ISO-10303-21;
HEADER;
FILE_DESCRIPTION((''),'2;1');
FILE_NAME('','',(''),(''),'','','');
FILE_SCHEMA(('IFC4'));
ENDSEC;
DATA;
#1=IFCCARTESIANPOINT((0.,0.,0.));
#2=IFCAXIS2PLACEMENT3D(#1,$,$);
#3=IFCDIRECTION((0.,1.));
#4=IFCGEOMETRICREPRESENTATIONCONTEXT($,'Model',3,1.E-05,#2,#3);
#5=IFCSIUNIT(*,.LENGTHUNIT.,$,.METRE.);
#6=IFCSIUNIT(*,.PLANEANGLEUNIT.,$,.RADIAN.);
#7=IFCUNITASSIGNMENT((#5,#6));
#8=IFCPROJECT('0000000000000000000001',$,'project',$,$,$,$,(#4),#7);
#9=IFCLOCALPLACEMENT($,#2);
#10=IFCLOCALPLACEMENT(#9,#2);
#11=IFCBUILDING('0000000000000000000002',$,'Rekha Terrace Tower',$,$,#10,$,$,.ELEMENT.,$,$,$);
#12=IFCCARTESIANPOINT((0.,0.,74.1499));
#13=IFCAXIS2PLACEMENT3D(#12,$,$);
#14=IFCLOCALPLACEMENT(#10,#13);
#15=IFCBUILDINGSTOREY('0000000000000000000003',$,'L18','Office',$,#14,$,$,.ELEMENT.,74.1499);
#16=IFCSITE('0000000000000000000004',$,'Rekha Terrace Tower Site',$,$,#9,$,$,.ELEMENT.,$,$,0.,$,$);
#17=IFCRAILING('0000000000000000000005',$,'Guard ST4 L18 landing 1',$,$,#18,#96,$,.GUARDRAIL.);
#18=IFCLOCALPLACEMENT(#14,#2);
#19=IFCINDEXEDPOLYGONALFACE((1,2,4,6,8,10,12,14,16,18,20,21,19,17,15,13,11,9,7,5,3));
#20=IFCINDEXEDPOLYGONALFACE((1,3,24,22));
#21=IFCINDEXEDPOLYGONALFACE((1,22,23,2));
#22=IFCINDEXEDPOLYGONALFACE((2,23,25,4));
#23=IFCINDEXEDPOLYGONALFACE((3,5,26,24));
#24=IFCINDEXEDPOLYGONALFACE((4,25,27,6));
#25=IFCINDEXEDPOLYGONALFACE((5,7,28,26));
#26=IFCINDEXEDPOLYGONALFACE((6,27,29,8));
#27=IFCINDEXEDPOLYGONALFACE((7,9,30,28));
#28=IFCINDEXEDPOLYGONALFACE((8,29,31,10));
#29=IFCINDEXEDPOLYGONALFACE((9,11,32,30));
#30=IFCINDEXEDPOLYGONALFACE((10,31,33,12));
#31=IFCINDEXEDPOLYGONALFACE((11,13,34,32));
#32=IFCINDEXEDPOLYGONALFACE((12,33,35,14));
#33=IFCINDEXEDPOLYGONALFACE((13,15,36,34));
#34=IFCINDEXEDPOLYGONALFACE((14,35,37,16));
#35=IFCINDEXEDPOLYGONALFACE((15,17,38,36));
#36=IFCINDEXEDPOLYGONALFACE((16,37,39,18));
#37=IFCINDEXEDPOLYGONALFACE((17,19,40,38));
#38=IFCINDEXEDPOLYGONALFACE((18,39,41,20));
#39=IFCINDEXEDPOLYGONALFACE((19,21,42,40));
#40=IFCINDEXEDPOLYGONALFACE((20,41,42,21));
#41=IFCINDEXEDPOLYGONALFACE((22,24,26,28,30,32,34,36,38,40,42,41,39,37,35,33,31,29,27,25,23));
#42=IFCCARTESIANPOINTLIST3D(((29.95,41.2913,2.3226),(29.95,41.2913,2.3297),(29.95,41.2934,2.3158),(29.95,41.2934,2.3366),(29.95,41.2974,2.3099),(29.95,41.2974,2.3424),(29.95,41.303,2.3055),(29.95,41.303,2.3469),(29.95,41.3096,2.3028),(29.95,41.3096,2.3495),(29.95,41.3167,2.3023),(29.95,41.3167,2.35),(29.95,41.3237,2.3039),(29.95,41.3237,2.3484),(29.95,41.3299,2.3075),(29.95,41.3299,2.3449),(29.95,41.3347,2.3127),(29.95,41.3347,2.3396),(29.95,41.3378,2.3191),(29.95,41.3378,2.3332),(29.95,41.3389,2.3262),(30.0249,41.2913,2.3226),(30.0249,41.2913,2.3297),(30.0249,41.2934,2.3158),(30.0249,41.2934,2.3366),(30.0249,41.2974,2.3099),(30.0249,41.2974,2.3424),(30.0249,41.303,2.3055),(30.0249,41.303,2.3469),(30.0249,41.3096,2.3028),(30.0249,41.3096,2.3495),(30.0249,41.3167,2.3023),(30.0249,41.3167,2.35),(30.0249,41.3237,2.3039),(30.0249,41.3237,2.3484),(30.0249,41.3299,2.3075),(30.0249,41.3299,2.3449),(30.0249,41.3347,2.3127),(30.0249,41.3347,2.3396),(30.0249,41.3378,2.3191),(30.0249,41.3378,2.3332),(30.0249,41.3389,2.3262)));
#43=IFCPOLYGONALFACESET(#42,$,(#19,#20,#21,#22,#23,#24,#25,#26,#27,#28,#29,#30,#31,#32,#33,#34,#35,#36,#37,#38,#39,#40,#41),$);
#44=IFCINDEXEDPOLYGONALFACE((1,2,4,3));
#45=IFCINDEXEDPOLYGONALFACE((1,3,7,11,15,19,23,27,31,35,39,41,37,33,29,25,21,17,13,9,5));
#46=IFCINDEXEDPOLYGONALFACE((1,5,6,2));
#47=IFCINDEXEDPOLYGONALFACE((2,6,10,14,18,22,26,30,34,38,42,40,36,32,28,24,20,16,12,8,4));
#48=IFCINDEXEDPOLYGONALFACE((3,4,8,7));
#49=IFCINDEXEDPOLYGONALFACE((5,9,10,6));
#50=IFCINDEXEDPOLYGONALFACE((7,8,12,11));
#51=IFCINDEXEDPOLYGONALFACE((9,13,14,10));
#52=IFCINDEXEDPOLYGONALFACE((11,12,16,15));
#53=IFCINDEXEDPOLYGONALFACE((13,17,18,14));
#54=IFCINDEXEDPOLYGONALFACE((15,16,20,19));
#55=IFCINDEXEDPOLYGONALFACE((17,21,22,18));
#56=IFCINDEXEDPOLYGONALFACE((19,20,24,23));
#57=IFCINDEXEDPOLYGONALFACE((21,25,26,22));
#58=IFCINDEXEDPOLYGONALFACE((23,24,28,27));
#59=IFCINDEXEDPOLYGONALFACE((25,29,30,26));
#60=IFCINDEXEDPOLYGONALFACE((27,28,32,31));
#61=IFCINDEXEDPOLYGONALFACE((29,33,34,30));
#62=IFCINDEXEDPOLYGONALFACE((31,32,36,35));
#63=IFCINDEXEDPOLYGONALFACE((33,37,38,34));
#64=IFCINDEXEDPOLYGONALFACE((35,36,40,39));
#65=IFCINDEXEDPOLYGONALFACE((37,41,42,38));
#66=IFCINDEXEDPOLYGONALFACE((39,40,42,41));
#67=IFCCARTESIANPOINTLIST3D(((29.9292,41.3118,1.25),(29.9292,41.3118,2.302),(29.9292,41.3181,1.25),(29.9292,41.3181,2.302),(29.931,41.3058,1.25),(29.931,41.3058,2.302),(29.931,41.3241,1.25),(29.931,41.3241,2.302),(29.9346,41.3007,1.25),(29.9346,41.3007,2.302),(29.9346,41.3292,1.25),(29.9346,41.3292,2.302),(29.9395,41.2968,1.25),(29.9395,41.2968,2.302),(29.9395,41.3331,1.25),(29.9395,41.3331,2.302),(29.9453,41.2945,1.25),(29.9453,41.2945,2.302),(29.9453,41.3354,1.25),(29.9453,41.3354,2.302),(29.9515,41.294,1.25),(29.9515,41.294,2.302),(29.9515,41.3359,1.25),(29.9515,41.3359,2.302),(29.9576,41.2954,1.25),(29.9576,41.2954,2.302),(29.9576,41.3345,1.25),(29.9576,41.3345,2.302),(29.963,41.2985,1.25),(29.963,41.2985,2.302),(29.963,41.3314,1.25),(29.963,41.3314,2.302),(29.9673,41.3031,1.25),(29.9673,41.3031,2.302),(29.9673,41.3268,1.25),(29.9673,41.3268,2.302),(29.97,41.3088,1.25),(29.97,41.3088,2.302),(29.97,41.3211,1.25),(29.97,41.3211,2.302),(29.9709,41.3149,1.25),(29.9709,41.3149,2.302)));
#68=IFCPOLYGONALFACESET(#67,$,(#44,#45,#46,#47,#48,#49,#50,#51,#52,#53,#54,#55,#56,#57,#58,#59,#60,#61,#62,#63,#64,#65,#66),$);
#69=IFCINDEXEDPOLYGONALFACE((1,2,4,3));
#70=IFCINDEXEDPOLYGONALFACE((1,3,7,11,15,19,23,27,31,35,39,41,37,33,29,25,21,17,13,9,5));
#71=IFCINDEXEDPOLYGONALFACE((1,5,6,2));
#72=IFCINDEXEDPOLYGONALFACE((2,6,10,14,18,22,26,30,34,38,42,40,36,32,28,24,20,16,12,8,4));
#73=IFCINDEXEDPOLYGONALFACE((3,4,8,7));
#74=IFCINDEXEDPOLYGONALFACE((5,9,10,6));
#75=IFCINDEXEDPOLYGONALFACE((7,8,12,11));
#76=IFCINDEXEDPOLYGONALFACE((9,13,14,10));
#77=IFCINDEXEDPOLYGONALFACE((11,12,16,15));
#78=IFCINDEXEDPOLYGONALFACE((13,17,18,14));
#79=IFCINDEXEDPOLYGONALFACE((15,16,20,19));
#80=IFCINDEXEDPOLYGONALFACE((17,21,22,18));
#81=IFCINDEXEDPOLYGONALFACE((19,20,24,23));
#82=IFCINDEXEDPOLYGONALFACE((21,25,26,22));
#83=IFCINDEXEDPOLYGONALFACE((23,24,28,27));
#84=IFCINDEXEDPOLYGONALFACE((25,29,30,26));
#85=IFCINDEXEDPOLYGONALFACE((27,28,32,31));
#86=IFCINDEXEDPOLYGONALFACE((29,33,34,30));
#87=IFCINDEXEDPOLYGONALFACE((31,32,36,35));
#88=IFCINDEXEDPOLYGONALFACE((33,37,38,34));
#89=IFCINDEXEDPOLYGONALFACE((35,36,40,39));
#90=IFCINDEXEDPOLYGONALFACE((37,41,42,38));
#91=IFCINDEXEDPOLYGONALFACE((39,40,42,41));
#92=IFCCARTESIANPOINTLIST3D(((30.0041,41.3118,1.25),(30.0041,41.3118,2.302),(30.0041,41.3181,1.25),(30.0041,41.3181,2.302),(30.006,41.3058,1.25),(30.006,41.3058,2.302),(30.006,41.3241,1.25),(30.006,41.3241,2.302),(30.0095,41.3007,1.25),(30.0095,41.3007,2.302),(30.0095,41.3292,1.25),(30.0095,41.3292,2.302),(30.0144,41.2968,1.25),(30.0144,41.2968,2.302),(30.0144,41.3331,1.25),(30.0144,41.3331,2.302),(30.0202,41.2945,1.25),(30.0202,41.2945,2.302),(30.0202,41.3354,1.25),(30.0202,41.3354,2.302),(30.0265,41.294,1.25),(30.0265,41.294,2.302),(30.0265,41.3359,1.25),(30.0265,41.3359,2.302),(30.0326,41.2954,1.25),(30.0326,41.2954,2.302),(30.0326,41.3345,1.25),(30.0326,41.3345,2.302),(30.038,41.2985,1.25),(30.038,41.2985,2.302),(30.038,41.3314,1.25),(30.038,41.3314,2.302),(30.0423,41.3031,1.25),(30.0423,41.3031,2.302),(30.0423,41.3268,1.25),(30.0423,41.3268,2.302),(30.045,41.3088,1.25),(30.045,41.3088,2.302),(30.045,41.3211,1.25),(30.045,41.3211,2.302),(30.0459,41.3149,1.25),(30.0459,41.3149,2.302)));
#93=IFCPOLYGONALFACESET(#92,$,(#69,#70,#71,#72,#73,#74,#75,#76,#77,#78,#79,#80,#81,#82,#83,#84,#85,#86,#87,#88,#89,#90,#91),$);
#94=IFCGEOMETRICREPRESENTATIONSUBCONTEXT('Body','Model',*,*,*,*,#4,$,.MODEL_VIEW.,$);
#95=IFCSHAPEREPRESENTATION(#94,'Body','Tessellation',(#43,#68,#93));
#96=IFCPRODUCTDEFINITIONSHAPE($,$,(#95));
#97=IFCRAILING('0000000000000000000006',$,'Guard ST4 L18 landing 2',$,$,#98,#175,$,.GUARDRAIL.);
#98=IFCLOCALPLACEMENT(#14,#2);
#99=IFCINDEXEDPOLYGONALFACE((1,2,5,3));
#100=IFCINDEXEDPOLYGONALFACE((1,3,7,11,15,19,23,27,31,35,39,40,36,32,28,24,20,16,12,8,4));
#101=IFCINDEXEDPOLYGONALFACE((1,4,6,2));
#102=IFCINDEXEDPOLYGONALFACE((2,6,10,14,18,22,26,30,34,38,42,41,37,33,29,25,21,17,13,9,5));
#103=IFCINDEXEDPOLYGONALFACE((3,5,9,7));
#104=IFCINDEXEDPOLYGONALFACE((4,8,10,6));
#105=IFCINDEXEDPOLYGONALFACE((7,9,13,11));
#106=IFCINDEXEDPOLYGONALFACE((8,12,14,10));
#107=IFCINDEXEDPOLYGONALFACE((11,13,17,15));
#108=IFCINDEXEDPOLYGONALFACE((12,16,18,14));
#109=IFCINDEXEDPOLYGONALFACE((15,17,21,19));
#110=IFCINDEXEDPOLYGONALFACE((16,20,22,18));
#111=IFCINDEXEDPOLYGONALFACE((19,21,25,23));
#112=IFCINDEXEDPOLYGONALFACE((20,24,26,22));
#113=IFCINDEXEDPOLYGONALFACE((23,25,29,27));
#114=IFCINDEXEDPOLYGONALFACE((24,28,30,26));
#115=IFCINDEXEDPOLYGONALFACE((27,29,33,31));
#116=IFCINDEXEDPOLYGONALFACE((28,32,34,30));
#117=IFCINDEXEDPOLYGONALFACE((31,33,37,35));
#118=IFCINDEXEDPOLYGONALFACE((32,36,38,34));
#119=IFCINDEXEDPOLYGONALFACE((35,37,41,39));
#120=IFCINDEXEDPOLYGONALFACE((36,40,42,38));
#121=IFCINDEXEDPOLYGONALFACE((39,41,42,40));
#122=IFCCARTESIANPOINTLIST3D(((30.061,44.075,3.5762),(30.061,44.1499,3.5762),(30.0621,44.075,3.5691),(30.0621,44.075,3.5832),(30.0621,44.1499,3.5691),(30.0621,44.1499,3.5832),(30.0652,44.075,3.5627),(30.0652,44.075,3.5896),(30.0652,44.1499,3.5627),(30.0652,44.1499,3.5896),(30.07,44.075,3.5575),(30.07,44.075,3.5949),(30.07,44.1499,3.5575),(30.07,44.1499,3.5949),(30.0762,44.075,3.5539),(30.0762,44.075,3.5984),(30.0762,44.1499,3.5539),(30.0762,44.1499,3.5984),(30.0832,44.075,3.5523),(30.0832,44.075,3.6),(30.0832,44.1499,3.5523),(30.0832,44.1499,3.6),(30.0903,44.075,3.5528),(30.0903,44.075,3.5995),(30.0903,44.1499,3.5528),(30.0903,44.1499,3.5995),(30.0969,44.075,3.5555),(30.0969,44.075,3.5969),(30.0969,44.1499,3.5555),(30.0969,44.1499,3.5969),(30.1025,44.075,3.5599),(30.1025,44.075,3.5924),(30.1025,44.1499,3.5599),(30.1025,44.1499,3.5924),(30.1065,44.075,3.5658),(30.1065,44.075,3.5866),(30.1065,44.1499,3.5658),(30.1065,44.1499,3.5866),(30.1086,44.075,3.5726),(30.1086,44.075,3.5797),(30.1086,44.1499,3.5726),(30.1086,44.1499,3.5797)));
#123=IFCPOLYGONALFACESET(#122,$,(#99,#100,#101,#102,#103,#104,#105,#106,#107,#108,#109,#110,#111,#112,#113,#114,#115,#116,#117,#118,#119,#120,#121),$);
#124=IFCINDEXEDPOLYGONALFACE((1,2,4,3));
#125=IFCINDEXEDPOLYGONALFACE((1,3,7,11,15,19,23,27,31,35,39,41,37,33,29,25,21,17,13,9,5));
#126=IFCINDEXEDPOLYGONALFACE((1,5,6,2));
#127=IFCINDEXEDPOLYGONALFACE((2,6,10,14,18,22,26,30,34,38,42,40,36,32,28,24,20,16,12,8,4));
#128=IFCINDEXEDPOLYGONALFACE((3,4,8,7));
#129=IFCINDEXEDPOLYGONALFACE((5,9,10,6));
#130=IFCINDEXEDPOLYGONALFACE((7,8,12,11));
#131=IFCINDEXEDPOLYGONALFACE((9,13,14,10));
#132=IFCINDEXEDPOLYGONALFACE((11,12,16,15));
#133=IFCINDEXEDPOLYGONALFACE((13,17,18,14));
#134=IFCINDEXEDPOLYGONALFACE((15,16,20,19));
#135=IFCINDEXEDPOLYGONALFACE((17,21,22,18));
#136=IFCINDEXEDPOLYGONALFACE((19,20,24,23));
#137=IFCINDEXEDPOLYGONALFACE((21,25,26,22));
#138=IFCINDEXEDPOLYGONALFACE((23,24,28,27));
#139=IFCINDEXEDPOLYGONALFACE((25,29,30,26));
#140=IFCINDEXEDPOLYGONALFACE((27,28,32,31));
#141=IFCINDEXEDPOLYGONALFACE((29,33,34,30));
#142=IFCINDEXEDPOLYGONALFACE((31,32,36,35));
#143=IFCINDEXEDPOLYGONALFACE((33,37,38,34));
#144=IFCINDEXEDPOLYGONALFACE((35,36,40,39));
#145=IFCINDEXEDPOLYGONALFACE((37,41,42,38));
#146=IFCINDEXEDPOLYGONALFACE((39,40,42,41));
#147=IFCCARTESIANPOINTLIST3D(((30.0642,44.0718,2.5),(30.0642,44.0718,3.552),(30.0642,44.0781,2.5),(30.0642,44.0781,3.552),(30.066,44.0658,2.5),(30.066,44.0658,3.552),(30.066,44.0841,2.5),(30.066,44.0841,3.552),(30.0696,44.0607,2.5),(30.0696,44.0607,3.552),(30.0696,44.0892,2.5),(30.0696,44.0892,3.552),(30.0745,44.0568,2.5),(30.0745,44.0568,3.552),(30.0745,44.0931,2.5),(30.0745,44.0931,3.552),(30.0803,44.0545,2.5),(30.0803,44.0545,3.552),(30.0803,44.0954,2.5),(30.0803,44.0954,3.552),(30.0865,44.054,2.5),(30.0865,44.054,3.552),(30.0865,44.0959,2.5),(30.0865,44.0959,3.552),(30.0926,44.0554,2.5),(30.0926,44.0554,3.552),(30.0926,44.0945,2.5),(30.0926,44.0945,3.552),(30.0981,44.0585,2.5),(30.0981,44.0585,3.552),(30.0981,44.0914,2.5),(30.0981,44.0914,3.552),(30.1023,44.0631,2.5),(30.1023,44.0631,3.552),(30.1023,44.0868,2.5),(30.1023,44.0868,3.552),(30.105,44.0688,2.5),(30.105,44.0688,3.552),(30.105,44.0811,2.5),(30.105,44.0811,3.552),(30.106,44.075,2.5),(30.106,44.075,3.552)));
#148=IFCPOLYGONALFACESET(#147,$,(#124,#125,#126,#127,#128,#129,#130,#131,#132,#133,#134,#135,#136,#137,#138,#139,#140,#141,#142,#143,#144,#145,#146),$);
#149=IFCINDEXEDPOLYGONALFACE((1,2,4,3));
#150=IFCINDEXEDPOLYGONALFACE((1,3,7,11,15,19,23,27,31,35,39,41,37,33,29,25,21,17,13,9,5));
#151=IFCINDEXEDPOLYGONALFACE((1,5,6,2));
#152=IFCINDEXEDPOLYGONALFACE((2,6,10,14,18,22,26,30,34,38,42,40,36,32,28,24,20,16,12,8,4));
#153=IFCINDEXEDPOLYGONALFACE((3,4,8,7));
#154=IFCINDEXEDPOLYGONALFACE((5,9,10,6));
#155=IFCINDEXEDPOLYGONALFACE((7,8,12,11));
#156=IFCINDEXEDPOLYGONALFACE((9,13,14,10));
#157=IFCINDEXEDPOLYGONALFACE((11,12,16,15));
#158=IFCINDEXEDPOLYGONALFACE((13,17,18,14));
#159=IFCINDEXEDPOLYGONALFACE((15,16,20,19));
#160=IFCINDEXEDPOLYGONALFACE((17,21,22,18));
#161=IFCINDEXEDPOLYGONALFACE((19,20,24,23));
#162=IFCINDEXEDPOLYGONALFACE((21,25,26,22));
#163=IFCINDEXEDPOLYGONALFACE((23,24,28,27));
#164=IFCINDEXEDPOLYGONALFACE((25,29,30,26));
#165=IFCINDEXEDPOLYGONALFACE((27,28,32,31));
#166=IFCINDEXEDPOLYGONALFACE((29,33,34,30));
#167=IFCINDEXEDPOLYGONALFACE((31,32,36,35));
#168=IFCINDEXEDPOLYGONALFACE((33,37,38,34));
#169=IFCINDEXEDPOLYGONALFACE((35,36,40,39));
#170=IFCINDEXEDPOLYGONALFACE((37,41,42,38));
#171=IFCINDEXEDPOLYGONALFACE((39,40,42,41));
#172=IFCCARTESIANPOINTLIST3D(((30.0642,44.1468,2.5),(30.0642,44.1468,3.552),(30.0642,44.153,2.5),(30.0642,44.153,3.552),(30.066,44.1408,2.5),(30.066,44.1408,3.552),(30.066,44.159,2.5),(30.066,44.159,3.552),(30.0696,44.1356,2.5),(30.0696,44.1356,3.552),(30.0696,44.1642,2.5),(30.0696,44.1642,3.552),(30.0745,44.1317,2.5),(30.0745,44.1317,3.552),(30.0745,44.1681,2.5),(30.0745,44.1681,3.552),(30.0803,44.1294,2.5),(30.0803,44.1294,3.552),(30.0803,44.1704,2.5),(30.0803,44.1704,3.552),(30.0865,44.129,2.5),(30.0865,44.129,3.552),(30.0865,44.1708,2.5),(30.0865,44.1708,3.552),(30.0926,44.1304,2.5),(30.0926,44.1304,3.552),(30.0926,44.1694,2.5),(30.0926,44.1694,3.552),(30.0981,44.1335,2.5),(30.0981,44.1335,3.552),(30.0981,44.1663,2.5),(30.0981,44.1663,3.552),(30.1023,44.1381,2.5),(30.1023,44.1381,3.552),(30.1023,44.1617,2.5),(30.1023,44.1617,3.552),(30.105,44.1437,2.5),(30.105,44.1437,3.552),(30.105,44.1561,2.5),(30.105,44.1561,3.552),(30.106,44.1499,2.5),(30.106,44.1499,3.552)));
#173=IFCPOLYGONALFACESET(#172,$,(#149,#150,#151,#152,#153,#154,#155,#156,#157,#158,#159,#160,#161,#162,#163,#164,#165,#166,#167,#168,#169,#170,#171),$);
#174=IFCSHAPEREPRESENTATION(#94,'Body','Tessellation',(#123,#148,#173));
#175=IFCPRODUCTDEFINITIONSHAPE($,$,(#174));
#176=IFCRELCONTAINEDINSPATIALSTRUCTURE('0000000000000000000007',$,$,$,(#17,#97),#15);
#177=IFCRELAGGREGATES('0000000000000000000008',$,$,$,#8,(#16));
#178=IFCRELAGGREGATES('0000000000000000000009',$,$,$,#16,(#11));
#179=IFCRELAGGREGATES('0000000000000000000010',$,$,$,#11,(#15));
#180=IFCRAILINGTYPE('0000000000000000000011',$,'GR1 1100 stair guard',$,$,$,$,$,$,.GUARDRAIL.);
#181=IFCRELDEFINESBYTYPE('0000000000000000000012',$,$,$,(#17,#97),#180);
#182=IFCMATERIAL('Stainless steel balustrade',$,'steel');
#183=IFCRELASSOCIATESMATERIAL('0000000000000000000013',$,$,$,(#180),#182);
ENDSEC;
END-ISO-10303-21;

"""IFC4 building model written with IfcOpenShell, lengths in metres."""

from ifc_helpers import new_model, si_unit, direction, frame, origin, origin_2d, place, context, subcontext, project, spatial, circle, extrude, material, type_object, element, save


model = new_model("IFC4")

# Units and contexts
model_context = context("Model", 3, precision=1e-05, world=origin(), true_north=direction((0.0, 1.0)))
body_context = subcontext(model_context, "Body", "Model", "MODEL_VIEW")
ifc_project = project(units=[si_unit("LENGTHUNIT", "METRE"), si_unit("PLANEANGLEUNIT", "RADIAN")], contexts=[model_context])

# Site, building, storey
site_placement = place(None, origin())
site = spatial("IfcSite", under=ifc_project, at=site_placement, Name="Rekha Terrace Tower Site", CompositionType="ELEMENT", RefElevation=0.0)
building_placement = place(site_placement, origin())
building = spatial("IfcBuilding", under=site, at=building_placement, Name="Rekha Terrace Tower", CompositionType="ELEMENT")
storey_placement = place(building_placement, frame((0.0, 0.0, 74.1499)))
storey = spatial("IfcBuildingStorey", under=building, at=storey_placement, Name="L18", Description="Office", CompositionType="ELEMENT", Elevation=74.1499)

# Railings
ifc_material_1 = material(Name="Stainless steel balustrade", Category="steel")
railing_type_1 = type_object("IfcRailingType", Name="GR1 1100 stair guard", PredefinedType="GUARDRAIL", material=ifc_material_1)
railing_1_placement = place(storey_placement, frame((29.95, 41.3149, 1.25)))
element("IfcRailing", 1, at=railing_1_placement, inside=storey, type_object=railing_type_1, Name="Guard ST4 L18 landing 1", PredefinedType="GUARDRAIL", context=body_context, shape_type="SweptSolid", body=[
    extrude(circle(Radius=0.0239, at=origin_2d()), frame((0.0, 0.0, 1.0762), z_axis=(1.0, 0.0, 0.0), x_axis=(0.0, 1.0, 0.0)), (0.0, 0.0, 1.0), 0.075),
    extrude(circle(Radius=0.021, at=origin_2d()), origin(), (0.0, 0.0, 1.0), 1.052),
    extrude(circle(Radius=0.021, at=origin_2d()), frame((0.075, 0.0, 0.0)), (0.0, 0.0, 1.0), 1.052),
])
railing_2_placement = place(storey_placement, frame((30.085, 44.075, 2.5)))
element("IfcRailing", 2, at=railing_2_placement, inside=storey, type_object=railing_type_1, Name="Guard ST4 L18 landing 2", PredefinedType="GUARDRAIL", context=body_context, shape_type="SweptSolid", body=[
    extrude(circle(Radius=0.0239, at=origin_2d()), frame((0.0, 0.0, 1.0762), z_axis=(0.0, 1.0, 0.0), x_axis=(-1.0, 0.0, 0.0)), (0.0, 0.0, 1.0), 0.075),
    extrude(circle(Radius=0.021, at=origin_2d()), origin(), (0.0, 0.0, 1.0), 1.052),
    extrude(circle(Radius=0.021, at=origin_2d()), frame((0.0, 0.075, 0.0)), (0.0, 0.0, 1.0), 1.052),
])

save(model, "model.ifc")
